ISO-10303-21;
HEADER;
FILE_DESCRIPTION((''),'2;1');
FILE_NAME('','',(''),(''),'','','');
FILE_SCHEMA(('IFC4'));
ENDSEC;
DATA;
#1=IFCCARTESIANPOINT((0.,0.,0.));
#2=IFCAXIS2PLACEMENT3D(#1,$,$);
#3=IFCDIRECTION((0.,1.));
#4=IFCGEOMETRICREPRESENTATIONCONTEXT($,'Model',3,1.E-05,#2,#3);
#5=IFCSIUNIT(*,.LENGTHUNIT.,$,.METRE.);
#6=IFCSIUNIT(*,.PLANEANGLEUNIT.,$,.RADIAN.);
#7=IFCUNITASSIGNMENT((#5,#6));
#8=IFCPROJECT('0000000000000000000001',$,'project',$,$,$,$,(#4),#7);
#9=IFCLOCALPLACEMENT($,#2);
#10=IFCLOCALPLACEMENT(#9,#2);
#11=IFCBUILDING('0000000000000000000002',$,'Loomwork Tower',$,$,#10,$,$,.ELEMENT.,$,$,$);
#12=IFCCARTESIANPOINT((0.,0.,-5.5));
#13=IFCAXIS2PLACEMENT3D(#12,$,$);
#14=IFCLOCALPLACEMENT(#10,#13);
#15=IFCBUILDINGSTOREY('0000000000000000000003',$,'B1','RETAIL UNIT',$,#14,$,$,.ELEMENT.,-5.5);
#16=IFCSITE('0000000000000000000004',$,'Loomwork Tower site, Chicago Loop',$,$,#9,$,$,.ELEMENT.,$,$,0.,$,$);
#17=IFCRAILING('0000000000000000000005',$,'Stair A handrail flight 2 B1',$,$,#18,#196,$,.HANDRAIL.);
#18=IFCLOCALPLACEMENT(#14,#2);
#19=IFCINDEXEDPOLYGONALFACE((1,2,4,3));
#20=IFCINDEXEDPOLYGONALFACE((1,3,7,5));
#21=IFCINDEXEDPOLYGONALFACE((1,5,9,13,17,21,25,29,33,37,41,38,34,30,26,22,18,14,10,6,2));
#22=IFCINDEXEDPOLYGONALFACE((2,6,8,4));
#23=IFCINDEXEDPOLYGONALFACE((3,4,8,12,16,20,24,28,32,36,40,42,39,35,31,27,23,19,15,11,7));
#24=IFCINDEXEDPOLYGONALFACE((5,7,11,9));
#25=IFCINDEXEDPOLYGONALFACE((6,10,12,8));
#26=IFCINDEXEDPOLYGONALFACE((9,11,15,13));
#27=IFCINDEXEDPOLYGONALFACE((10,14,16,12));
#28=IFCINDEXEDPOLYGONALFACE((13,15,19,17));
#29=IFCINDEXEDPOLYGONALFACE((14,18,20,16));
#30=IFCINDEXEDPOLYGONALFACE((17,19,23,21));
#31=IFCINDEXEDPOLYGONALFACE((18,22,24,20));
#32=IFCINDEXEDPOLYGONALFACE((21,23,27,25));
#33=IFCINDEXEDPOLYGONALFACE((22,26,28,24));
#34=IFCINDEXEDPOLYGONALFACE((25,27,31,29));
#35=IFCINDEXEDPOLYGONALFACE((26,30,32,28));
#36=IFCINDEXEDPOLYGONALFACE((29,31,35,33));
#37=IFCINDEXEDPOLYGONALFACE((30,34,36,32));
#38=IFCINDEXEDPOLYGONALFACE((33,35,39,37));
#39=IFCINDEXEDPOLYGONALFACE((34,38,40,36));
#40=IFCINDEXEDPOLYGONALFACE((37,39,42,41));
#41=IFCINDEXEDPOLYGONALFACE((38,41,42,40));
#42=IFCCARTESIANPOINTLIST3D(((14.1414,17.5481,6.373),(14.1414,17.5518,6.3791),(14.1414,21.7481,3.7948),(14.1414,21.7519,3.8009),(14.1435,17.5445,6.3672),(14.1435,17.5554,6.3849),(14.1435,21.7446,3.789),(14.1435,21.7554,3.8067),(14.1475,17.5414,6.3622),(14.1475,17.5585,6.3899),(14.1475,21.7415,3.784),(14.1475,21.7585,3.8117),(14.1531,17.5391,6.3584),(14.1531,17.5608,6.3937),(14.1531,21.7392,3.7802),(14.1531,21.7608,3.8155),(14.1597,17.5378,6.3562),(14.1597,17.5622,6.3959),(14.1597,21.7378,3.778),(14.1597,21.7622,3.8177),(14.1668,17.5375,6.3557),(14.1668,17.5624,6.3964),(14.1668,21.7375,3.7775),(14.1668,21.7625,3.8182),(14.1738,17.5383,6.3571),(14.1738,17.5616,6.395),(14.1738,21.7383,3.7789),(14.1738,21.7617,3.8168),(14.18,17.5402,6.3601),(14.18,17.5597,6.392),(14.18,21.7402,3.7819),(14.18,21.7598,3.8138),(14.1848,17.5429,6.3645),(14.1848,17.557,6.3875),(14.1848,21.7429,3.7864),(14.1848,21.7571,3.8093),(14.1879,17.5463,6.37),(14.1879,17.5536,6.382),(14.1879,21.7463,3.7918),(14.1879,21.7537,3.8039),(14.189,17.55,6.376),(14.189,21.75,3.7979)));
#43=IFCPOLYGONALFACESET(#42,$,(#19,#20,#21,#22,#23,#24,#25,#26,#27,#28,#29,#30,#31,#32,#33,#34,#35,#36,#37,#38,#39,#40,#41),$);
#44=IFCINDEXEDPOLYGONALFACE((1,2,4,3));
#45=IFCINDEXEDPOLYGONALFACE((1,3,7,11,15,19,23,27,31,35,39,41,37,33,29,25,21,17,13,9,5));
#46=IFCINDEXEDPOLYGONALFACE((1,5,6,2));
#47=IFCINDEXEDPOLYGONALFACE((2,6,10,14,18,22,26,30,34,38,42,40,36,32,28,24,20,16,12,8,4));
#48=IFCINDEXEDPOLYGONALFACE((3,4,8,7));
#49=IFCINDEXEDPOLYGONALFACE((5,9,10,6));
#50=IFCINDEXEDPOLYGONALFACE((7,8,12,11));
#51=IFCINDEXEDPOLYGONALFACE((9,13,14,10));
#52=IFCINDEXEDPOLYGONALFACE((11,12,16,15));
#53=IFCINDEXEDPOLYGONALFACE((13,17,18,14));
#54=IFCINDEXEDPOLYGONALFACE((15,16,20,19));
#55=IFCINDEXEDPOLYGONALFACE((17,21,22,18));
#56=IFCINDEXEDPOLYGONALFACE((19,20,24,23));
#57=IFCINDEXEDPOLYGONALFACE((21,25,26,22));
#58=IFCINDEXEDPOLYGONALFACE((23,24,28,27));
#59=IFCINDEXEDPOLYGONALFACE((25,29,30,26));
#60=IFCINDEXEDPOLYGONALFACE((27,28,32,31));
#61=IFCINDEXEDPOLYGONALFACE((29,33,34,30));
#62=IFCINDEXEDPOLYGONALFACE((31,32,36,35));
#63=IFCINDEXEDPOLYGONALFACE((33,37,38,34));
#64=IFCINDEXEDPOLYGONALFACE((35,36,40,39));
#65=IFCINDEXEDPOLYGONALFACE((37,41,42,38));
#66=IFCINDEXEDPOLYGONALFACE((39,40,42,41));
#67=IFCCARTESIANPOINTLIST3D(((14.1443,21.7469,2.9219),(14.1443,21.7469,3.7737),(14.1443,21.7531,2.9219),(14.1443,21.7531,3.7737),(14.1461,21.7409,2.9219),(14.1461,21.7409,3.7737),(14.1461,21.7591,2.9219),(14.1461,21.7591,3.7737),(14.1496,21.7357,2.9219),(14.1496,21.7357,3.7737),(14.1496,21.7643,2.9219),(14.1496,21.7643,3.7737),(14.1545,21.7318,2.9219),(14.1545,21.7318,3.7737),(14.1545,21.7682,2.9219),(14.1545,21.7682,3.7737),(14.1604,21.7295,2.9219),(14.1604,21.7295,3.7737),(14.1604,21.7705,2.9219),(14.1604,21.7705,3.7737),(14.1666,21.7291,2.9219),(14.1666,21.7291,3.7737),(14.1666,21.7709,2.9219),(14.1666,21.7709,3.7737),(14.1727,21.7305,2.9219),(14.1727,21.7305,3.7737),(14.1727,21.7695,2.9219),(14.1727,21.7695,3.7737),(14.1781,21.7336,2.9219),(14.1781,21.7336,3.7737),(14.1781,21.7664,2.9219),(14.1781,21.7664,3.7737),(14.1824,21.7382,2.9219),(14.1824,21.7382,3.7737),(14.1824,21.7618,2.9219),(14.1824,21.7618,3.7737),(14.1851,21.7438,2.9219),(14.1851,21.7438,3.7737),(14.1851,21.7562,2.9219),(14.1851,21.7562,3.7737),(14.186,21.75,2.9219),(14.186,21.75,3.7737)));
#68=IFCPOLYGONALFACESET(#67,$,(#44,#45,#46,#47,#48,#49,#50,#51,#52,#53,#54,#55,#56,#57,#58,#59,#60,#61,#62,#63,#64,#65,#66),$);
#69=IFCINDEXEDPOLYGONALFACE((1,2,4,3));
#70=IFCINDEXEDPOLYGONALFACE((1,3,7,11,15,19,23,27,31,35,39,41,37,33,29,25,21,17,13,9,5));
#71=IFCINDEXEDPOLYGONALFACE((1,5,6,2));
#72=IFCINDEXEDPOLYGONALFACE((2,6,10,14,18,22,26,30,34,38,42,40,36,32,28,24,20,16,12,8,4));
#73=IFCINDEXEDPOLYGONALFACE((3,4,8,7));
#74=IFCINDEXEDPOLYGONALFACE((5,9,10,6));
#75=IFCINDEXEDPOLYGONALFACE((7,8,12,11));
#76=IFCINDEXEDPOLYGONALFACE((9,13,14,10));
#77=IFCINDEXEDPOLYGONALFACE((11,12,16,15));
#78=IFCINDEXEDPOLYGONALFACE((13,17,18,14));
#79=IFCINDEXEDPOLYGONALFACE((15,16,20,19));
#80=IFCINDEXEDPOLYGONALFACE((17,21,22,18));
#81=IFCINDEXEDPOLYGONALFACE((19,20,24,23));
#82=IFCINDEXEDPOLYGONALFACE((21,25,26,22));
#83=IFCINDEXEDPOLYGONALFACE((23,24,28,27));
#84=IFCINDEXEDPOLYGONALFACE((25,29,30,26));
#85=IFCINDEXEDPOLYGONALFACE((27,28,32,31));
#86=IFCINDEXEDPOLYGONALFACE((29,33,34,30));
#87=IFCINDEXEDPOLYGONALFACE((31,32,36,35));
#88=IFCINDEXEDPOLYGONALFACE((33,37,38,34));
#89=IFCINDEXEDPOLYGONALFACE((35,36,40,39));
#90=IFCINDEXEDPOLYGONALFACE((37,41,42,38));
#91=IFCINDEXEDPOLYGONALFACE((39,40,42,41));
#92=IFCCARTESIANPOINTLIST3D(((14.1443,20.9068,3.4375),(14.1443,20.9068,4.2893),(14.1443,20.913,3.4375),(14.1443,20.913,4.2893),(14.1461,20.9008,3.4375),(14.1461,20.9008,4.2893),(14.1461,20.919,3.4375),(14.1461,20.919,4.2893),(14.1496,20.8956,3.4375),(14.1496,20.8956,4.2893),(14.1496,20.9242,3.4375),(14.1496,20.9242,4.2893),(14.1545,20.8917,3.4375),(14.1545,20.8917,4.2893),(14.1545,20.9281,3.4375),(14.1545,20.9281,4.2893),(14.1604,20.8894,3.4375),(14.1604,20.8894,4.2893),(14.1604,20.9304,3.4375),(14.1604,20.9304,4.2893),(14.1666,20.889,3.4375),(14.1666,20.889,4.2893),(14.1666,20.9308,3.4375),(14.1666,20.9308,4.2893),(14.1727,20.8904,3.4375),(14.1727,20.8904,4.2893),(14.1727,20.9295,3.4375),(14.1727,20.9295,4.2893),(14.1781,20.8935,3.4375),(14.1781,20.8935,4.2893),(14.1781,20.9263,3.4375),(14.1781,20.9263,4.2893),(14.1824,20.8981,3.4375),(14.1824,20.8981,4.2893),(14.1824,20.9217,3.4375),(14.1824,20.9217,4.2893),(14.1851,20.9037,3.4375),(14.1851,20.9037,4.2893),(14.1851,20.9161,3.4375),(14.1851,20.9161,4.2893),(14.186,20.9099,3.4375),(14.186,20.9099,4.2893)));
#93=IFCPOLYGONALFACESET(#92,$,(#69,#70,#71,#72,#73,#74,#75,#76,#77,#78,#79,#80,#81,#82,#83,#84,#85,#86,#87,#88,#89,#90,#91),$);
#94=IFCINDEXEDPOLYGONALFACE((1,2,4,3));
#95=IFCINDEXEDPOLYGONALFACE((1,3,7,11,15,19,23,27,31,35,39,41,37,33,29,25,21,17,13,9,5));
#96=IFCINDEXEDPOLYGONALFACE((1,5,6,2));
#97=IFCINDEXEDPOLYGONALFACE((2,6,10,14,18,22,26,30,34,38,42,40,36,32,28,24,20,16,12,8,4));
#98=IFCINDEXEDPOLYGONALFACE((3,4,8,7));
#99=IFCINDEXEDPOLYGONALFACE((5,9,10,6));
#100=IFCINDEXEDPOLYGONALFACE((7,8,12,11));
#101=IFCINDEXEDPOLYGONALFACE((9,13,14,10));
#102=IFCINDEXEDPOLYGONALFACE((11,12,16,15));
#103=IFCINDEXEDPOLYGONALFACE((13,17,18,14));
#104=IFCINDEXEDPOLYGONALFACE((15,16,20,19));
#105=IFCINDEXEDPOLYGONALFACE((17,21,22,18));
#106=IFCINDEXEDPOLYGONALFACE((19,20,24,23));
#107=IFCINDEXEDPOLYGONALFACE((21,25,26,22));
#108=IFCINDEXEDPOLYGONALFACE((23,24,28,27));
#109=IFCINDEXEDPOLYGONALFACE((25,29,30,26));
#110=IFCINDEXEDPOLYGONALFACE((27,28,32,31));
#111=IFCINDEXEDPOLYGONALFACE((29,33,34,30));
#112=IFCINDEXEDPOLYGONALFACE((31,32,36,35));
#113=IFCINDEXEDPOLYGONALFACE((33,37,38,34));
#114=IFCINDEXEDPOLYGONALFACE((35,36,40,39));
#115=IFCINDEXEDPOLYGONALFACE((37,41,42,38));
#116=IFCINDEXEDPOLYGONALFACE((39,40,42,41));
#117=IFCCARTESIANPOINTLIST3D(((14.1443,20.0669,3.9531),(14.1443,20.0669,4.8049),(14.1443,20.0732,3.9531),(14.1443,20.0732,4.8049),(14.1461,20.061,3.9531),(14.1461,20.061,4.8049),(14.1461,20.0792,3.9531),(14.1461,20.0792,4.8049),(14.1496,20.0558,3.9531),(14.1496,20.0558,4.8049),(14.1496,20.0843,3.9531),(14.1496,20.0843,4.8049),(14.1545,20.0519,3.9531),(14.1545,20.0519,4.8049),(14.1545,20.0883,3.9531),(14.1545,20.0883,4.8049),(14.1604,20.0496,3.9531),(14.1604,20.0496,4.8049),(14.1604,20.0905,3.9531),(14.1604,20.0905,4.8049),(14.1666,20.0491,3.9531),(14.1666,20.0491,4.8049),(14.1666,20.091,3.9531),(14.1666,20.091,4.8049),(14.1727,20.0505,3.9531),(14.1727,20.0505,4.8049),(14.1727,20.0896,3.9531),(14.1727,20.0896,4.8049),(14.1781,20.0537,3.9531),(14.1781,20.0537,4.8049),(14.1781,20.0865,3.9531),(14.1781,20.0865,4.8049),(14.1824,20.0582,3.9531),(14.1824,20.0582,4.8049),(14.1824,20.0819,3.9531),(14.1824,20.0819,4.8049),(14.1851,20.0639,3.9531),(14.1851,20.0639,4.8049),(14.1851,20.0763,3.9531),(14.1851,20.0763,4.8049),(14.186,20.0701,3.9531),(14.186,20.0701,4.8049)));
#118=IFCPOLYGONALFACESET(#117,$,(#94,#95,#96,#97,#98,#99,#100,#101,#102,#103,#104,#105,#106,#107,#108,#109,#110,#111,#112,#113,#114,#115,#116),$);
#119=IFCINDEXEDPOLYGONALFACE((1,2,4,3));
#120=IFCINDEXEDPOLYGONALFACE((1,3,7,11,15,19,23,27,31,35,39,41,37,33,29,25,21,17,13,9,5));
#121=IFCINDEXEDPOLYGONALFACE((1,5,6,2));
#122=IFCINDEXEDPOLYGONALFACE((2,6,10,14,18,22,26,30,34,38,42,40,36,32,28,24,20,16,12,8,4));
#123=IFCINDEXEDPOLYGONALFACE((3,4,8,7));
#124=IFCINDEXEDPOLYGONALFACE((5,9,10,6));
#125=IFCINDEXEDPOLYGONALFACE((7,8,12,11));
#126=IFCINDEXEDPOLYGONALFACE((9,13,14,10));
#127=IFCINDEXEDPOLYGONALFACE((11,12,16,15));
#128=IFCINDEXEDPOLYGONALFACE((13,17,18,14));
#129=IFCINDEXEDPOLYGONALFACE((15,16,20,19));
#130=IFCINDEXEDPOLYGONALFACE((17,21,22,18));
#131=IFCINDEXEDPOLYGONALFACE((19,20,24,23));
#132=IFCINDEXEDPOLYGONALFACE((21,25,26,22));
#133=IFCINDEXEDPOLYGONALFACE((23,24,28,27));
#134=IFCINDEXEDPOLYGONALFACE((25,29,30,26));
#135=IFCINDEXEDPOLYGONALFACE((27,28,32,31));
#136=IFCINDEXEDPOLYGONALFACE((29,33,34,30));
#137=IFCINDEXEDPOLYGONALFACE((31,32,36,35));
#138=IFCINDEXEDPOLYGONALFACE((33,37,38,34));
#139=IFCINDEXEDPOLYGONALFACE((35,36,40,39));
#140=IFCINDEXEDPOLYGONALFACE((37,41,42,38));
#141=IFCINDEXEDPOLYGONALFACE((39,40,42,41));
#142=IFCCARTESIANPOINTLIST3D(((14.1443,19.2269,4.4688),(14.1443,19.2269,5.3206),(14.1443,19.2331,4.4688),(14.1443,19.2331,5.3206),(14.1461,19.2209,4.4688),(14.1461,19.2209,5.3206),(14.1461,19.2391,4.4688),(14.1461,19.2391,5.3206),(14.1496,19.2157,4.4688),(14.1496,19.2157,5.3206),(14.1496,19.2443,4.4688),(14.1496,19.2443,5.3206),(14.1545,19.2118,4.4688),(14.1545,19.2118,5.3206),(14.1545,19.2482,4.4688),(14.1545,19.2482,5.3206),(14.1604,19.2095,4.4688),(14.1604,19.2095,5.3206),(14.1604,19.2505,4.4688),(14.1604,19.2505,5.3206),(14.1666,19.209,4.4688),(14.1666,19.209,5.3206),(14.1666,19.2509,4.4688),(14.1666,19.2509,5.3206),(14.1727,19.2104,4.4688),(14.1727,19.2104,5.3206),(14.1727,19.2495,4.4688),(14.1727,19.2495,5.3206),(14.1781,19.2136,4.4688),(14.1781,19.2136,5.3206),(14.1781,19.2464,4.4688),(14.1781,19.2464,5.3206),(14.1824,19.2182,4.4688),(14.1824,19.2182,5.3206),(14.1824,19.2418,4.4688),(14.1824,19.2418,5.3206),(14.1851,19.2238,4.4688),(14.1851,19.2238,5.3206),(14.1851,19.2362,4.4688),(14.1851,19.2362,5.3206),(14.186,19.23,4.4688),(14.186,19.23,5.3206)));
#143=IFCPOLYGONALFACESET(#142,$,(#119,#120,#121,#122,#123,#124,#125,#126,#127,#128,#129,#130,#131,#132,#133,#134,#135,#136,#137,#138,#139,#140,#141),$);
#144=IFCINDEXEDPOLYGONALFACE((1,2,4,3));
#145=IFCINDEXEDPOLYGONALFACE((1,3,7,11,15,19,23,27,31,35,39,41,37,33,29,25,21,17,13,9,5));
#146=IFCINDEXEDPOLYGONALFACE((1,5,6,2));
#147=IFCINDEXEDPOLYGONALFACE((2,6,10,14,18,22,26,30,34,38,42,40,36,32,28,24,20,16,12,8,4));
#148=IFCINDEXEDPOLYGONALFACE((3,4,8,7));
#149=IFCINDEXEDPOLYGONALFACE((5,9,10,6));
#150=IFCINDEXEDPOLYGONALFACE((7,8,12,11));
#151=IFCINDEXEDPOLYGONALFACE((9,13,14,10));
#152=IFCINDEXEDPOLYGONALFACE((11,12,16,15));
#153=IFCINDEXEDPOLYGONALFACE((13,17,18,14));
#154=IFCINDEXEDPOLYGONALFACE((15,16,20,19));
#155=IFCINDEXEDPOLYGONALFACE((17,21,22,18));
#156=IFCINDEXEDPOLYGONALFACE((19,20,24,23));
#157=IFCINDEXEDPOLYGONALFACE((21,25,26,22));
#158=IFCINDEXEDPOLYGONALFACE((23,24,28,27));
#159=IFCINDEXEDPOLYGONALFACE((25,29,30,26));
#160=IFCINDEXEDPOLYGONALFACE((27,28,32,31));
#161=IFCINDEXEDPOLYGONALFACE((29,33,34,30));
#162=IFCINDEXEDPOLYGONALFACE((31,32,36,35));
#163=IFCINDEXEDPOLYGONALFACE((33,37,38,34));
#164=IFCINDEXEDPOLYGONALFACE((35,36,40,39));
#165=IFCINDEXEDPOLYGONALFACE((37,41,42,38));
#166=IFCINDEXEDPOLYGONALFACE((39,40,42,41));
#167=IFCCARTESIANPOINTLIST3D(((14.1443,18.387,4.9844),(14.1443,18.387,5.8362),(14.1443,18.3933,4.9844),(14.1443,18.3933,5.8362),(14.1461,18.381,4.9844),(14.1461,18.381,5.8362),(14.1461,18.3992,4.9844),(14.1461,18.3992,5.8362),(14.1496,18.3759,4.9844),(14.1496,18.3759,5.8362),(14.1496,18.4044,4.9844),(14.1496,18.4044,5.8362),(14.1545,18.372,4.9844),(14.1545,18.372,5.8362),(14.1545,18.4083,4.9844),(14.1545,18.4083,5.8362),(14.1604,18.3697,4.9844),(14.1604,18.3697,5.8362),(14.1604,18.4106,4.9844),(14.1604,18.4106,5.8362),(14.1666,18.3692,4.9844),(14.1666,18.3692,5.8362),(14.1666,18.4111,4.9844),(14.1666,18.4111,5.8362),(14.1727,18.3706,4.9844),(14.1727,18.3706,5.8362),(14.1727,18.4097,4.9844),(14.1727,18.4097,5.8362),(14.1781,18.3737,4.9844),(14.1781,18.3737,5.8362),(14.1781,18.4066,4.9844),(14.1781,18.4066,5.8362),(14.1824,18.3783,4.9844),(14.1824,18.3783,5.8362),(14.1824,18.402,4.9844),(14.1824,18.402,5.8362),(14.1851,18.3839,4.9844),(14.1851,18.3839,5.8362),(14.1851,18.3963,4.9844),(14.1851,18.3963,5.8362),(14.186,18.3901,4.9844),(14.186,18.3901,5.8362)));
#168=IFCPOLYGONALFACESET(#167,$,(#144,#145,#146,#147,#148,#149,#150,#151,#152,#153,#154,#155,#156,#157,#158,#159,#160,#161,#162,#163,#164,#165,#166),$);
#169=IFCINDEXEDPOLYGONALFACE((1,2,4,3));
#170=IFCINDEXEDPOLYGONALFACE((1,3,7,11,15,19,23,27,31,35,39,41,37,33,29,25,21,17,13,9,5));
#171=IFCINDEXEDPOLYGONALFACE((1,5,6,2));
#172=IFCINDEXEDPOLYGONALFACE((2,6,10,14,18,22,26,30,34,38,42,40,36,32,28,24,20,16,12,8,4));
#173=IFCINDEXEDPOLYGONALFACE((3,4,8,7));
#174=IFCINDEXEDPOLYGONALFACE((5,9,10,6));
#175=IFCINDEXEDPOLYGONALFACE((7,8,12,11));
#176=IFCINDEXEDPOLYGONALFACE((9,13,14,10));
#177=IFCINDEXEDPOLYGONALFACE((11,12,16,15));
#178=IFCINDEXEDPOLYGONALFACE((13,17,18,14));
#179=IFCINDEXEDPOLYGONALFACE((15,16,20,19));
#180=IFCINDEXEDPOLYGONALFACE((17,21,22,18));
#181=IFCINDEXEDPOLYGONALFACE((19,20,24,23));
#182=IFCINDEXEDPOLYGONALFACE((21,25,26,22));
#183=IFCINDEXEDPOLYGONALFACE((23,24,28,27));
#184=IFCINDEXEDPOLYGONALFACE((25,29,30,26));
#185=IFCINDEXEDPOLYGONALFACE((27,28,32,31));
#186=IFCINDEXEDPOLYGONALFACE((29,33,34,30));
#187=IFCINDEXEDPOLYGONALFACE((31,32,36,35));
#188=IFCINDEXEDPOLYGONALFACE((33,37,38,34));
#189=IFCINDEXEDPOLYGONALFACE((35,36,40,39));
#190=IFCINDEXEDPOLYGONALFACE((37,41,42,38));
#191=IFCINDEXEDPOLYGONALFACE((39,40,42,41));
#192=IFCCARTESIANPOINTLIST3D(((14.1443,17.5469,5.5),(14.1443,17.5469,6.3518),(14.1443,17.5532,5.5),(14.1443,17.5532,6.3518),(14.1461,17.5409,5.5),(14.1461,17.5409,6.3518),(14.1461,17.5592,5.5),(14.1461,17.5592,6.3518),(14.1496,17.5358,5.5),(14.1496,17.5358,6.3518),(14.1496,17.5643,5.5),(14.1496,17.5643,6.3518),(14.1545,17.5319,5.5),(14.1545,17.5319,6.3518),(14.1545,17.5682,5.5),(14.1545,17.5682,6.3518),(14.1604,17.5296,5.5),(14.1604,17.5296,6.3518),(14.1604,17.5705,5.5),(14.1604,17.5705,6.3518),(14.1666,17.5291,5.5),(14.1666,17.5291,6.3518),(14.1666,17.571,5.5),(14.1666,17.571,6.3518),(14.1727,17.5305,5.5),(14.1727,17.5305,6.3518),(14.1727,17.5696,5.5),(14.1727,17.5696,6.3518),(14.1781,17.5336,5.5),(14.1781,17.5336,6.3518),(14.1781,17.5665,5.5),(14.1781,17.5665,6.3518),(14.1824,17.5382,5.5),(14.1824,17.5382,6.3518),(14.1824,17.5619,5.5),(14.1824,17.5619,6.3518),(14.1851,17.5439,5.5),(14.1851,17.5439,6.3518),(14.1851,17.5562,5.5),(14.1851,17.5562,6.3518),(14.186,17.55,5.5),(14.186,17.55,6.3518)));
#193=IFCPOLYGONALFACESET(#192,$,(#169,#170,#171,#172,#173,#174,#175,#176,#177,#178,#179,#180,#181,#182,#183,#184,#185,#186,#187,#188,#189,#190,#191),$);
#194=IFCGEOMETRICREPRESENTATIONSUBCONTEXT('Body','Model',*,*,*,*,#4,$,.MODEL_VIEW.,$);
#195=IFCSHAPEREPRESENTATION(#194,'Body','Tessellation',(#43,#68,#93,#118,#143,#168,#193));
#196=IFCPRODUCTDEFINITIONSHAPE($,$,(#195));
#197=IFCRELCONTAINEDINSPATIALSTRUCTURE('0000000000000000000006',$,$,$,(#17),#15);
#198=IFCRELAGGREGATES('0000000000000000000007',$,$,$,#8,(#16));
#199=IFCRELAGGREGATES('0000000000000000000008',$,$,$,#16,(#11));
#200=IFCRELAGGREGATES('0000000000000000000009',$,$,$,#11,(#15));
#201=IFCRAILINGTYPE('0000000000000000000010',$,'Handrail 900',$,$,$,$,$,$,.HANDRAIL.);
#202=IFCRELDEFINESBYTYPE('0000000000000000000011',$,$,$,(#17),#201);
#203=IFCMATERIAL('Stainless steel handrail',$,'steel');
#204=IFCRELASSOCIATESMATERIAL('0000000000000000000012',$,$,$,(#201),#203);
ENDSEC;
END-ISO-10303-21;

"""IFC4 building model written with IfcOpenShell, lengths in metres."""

from ifc_helpers import new_model, si_unit, direction, frame, origin, origin_2d, place, context, subcontext, project, spatial, circle, extrude, material, type_object, element, save


model = new_model("IFC4")

# Units and contexts
model_context = context("Model", 3, precision=1e-05, world=origin(), true_north=direction((0.0, 1.0)))
body_context = subcontext(model_context, "Body", "Model", "MODEL_VIEW")
ifc_project = project(units=[si_unit("LENGTHUNIT", "METRE"), si_unit("PLANEANGLEUNIT", "RADIAN")], contexts=[model_context])

# Site, building, storey
site_placement = place(None, origin())
site = spatial("IfcSite", under=ifc_project, at=site_placement, Name="Loomwork Tower site, Chicago Loop", CompositionType="ELEMENT", RefElevation=0.0)
building_placement = place(site_placement, origin())
building = spatial("IfcBuilding", under=site, at=building_placement, Name="Loomwork Tower", CompositionType="ELEMENT")
storey_placement = place(building_placement, frame((0.0, 0.0, -5.5)))
storey = spatial("IfcBuildingStorey", under=building, at=storey_placement, Name="B1", Description="RETAIL UNIT", CompositionType="ELEMENT", Elevation=-5.5)

# Railing
ifc_material_1 = material(Name="Stainless steel handrail", Category="steel")
railing_type = type_object("IfcRailingType", Name="Handrail 900", PredefinedType="HANDRAIL", material=ifc_material_1)
railing_1_placement = place(storey_placement, frame((14.165, 21.75, 2.9219)))
element("IfcRailing", 1, at=railing_1_placement, inside=storey, type_object=railing_type, Name="Stair A handrail flight 2 B1", PredefinedType="HANDRAIL", context=body_context, shape_type="SweptSolid", body=[
    extrude(circle(Radius=0.0239, at=origin_2d()), frame((0.0, 0.0, 0.876), z_axis=(0.0, -0.852243, 0.523146), x_axis=(1.0, 0.0, 0.0)), (0.0, 0.0, 1.0), 4.9282),
    extrude(circle(Radius=0.021, at=origin_2d()), origin(), (0.0, 0.0, 1.0), 0.8518),
    extrude(circle(Radius=0.021, at=origin_2d()), frame((0.0, -0.8401, 0.5156)), (0.0, 0.0, 1.0), 0.8518),
    extrude(circle(Radius=0.021, at=origin_2d()), frame((0.0, -1.6799, 1.0312)), (0.0, 0.0, 1.0), 0.8518),
    extrude(circle(Radius=0.021, at=origin_2d()), frame((0.0, -2.52, 1.5469)), (0.0, 0.0, 1.0), 0.8518),
    extrude(circle(Radius=0.021, at=origin_2d()), frame((0.0, -3.3599, 2.0625)), (0.0, 0.0, 1.0), 0.8518),
    extrude(circle(Radius=0.021, at=origin_2d()), frame((0.0, -4.2, 2.5781)), (0.0, 0.0, 1.0), 0.8518),
])

save(model, "model.ifc")
